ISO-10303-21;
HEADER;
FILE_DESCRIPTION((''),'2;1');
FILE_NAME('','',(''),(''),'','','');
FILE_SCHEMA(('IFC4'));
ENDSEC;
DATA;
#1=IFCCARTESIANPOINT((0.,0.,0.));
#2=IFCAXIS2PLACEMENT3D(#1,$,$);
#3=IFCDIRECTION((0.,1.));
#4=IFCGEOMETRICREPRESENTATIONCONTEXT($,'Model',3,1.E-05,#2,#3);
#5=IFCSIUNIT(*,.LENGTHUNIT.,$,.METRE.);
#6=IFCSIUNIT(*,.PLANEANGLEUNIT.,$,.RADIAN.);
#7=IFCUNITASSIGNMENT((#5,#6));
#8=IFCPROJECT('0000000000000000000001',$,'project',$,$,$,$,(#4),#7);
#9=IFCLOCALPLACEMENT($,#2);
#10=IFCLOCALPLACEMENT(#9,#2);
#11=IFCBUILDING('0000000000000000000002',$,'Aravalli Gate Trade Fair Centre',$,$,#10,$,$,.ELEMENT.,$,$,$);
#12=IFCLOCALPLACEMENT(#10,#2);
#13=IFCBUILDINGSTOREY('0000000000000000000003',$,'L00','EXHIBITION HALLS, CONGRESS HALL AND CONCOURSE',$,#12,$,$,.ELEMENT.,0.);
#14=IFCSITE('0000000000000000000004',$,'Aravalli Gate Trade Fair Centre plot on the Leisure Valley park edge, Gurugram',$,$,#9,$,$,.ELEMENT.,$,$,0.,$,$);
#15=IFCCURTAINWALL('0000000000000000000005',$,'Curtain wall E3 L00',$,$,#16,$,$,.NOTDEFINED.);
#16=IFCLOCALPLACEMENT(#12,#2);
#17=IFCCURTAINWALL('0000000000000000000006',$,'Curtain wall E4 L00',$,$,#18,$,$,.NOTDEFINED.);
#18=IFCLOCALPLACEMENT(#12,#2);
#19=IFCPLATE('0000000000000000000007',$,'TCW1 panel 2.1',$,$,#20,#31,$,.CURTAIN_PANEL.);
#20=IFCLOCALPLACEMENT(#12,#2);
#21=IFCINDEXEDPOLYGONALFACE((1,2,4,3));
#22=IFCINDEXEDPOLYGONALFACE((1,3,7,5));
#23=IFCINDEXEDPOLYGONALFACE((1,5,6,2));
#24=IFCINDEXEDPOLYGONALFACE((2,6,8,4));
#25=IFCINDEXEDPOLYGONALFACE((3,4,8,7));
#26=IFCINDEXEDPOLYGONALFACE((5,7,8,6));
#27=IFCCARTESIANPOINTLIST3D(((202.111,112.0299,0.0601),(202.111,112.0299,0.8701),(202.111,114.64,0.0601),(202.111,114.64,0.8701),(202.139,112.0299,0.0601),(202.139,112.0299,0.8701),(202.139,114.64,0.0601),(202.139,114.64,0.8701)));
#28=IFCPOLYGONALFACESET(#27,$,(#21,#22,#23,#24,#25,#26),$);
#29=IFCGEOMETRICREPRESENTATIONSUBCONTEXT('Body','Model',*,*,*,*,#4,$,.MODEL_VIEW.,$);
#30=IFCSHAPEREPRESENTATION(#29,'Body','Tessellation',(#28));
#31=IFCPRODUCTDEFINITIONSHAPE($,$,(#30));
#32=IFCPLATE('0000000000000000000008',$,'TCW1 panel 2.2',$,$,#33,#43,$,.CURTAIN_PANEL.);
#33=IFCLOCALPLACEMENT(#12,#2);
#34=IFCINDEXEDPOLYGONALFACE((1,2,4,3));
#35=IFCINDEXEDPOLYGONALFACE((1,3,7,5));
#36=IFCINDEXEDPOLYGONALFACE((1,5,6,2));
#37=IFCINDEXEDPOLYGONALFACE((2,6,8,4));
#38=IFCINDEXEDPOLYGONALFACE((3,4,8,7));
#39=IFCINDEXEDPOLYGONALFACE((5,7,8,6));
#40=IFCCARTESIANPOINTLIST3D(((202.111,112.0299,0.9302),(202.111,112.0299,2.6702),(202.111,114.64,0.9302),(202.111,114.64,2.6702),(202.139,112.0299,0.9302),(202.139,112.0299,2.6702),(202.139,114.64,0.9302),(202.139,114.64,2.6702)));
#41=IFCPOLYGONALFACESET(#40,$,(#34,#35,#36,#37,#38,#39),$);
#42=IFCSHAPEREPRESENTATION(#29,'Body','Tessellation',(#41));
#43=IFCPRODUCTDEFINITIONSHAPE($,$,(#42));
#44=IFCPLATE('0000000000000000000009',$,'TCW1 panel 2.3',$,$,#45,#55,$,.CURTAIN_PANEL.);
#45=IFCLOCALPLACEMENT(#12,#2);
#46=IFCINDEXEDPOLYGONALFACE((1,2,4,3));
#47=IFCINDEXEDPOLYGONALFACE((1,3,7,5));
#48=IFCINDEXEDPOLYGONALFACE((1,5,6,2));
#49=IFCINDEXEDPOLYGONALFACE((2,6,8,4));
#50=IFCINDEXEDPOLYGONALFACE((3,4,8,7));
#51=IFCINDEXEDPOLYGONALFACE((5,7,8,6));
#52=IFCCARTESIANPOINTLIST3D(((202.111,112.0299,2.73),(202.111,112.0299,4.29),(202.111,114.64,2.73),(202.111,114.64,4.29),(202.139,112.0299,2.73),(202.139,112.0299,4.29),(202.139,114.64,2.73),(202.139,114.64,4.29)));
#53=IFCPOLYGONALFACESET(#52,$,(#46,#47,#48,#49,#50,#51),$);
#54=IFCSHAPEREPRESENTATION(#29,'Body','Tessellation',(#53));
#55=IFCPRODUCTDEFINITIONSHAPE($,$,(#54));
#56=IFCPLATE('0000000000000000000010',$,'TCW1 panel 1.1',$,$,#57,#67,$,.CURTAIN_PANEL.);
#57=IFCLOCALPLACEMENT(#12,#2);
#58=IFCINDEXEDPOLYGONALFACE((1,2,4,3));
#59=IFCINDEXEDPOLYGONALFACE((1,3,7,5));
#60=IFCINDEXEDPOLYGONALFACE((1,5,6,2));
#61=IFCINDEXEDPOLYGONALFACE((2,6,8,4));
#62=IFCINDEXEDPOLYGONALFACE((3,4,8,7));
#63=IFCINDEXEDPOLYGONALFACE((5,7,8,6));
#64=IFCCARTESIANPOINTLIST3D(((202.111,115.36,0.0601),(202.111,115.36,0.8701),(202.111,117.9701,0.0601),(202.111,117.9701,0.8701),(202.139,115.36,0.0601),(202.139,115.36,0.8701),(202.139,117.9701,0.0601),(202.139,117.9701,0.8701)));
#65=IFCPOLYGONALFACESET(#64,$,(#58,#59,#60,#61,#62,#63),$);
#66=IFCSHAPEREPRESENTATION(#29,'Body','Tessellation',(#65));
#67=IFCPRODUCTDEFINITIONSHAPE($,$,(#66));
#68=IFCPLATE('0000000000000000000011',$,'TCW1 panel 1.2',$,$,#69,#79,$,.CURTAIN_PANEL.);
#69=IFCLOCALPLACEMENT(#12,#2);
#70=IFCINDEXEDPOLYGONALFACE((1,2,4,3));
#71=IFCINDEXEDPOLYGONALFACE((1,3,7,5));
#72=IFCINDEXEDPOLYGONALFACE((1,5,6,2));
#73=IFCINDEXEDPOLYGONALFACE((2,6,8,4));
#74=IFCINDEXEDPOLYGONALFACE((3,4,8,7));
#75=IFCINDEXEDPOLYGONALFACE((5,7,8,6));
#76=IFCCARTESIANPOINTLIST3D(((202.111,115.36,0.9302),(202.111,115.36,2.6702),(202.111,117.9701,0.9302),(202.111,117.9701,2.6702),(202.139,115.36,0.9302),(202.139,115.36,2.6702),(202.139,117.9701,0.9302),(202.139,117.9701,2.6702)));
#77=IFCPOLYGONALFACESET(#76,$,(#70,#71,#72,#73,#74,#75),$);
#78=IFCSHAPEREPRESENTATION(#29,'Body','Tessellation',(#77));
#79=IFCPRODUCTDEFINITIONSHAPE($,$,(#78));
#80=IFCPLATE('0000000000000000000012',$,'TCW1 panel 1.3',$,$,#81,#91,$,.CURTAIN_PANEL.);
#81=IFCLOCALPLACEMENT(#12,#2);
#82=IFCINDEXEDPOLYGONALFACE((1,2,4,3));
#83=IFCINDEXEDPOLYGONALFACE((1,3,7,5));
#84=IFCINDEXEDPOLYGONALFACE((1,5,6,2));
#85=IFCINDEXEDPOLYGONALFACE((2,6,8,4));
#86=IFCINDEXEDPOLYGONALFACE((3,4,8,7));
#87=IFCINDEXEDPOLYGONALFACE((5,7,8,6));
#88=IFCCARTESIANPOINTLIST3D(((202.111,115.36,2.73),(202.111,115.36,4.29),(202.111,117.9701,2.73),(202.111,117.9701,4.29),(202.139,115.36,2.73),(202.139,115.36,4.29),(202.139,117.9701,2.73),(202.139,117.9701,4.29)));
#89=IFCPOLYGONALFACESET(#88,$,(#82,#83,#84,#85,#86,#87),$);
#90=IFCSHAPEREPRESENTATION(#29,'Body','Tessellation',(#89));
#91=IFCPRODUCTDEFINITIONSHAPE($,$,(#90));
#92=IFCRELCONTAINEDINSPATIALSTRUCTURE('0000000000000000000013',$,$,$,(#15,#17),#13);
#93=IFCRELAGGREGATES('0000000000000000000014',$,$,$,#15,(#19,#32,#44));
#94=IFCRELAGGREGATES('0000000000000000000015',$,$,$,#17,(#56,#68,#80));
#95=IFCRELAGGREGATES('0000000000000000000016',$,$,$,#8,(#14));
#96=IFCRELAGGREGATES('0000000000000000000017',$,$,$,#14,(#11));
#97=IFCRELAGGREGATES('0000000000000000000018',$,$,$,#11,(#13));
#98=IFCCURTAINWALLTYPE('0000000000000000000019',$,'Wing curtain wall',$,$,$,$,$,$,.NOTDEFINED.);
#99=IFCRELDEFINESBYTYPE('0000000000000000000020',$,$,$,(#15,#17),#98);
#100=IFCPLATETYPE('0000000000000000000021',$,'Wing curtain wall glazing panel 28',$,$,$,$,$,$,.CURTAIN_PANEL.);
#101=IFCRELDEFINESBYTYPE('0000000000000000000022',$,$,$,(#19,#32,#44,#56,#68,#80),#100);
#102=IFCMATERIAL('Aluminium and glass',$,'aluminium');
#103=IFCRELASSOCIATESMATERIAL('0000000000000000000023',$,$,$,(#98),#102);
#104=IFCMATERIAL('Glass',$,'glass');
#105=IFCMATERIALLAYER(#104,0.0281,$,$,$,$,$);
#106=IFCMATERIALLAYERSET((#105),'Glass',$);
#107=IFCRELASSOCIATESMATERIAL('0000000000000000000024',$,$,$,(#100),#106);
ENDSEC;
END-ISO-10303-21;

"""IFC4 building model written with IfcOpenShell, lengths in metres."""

from ifc_helpers import new_model, si_unit, direction, frame, origin, origin_2d, place, context, subcontext, project, spatial, rectangle, extrude, material, layer, layer_set, type_object, element, aggregate, save


model = new_model("IFC4")

# Units and contexts
model_context = context("Model", 3, precision=1e-05, world=origin(), true_north=direction((0.0, 1.0)))
body_context = subcontext(model_context, "Body", "Model", "MODEL_VIEW")
ifc_project = project(units=[si_unit("LENGTHUNIT", "METRE"), si_unit("PLANEANGLEUNIT", "RADIAN")], contexts=[model_context])

# Site, building, storey
site_placement = place(None, origin())
site = spatial("IfcSite", under=ifc_project, at=site_placement, Name="Aravalli Gate Trade Fair Centre plot on the Leisure Valley park edge, Gurugram", CompositionType="ELEMENT", RefElevation=0.0)
building_placement = place(site_placement, origin())
building = spatial("IfcBuilding", under=site, at=building_placement, Name="Aravalli Gate Trade Fair Centre", CompositionType="ELEMENT")
storey_placement = place(building_placement, origin())
storey = spatial("IfcBuildingStorey", under=building, at=storey_placement, Name="L00", Description="EXHIBITION HALLS, CONGRESS HALL AND CONCOURSE", CompositionType="ELEMENT", Elevation=0.0)

# Curtain wall
ifc_material_1 = material(Name="Aluminium and glass", Category="aluminium")
curtain_wall_type = type_object("IfcCurtainWallType", Name="Wing curtain wall", PredefinedType="NOTDEFINED", material=ifc_material_1)
curtain_wall_1_placement = place(storey_placement, origin())
curtain_wall_1 = element("IfcCurtainWall", 1, at=curtain_wall_1_placement, inside=storey, type_object=curtain_wall_type, Name="Curtain wall E3 L00", PredefinedType="NOTDEFINED")

# Curtain wall
curtain_wall_2_placement = place(storey_placement, origin())
curtain_wall_2 = element("IfcCurtainWall", 2, at=curtain_wall_2_placement, inside=storey, type_object=curtain_wall_type, Name="Curtain wall E4 L00", PredefinedType="NOTDEFINED")

# Plates
ifc_material_2 = material(Name="Glass", Category="glass")
ifc_layer = layer(ifc_material_2, 0.0281)
ifc_layer_set = layer_set([ifc_layer], Name="Glass")
plate_type = type_object("IfcPlateType", Name="Wing curtain wall glazing panel 28", PredefinedType="CURTAIN_PANEL", material=ifc_layer_set)
plate_1_placement = place(storey_placement, frame((202.125, 113.335, 0.0601), z_axis=(0.0, 0.0, 1.0), x_axis=(0.0, 1.0, 0.0)))
plate_1 = element("IfcPlate", 3, at=plate_1_placement, type_object=plate_type, Name="TCW1 panel 2.1", PredefinedType="CURTAIN_PANEL", context=body_context, shape_type="SweptSolid", body=[
    extrude(rectangle(XDim=2.6101, YDim=0.0281, at=origin_2d()), origin(), (0.0, 0.0, 1.0), 0.8101),
])
plate_2_placement = place(storey_placement, frame((202.125, 113.335, 0.9302), z_axis=(0.0, 0.0, 1.0), x_axis=(0.0, 1.0, 0.0)))
plate_2 = element("IfcPlate", 4, at=plate_2_placement, type_object=plate_type, Name="TCW1 panel 2.2", PredefinedType="CURTAIN_PANEL", context=body_context, shape_type="SweptSolid", body=[
    extrude(rectangle(XDim=2.6101, YDim=0.0281, at=origin_2d()), origin(), (0.0, 0.0, 1.0), 1.74),
])
plate_3_placement = place(storey_placement, frame((202.125, 113.335, 2.73), z_axis=(0.0, 0.0, 1.0), x_axis=(0.0, 1.0, 0.0)))
plate_3 = element("IfcPlate", 5, at=plate_3_placement, type_object=plate_type, Name="TCW1 panel 2.3", PredefinedType="CURTAIN_PANEL", context=body_context, shape_type="SweptSolid", body=[
    extrude(rectangle(XDim=2.6101, YDim=0.0281, at=origin_2d()), origin(), (0.0, 0.0, 1.0), 1.5601),
])
aggregate(curtain_wall_1, [plate_1, plate_2, plate_3])
plate_4_placement = place(storey_placement, frame((202.125, 116.665, 0.0601), z_axis=(0.0, 0.0, 1.0), x_axis=(0.0, 1.0, 0.0)))
plate_4 = element("IfcPlate", 6, at=plate_4_placement, type_object=plate_type, Name="TCW1 panel 1.1", PredefinedType="CURTAIN_PANEL", context=body_context, shape_type="SweptSolid", body=[
    extrude(rectangle(XDim=2.6101, YDim=0.0281, at=origin_2d()), origin(), (0.0, 0.0, 1.0), 0.8101),
])
plate_5_placement = place(storey_placement, frame((202.125, 116.665, 0.9302), z_axis=(0.0, 0.0, 1.0), x_axis=(0.0, 1.0, 0.0)))
plate_5 = element("IfcPlate", 7, at=plate_5_placement, type_object=plate_type, Name="TCW1 panel 1.2", PredefinedType="CURTAIN_PANEL", context=body_context, shape_type="SweptSolid", body=[
    extrude(rectangle(XDim=2.6101, YDim=0.0281, at=origin_2d()), origin(), (0.0, 0.0, 1.0), 1.74),
])
plate_6_placement = place(storey_placement, frame((202.125, 116.665, 2.73), z_axis=(0.0, 0.0, 1.0), x_axis=(0.0, 1.0, 0.0)))
plate_6 = element("IfcPlate", 8, at=plate_6_placement, type_object=plate_type, Name="TCW1 panel 1.3", PredefinedType="CURTAIN_PANEL", context=body_context, shape_type="SweptSolid", body=[
    extrude(rectangle(XDim=2.6101, YDim=0.0281, at=origin_2d()), origin(), (0.0, 0.0, 1.0), 1.5601),
])
aggregate(curtain_wall_2, [plate_4, plate_5, plate_6])

save(model, "model.ifc")
